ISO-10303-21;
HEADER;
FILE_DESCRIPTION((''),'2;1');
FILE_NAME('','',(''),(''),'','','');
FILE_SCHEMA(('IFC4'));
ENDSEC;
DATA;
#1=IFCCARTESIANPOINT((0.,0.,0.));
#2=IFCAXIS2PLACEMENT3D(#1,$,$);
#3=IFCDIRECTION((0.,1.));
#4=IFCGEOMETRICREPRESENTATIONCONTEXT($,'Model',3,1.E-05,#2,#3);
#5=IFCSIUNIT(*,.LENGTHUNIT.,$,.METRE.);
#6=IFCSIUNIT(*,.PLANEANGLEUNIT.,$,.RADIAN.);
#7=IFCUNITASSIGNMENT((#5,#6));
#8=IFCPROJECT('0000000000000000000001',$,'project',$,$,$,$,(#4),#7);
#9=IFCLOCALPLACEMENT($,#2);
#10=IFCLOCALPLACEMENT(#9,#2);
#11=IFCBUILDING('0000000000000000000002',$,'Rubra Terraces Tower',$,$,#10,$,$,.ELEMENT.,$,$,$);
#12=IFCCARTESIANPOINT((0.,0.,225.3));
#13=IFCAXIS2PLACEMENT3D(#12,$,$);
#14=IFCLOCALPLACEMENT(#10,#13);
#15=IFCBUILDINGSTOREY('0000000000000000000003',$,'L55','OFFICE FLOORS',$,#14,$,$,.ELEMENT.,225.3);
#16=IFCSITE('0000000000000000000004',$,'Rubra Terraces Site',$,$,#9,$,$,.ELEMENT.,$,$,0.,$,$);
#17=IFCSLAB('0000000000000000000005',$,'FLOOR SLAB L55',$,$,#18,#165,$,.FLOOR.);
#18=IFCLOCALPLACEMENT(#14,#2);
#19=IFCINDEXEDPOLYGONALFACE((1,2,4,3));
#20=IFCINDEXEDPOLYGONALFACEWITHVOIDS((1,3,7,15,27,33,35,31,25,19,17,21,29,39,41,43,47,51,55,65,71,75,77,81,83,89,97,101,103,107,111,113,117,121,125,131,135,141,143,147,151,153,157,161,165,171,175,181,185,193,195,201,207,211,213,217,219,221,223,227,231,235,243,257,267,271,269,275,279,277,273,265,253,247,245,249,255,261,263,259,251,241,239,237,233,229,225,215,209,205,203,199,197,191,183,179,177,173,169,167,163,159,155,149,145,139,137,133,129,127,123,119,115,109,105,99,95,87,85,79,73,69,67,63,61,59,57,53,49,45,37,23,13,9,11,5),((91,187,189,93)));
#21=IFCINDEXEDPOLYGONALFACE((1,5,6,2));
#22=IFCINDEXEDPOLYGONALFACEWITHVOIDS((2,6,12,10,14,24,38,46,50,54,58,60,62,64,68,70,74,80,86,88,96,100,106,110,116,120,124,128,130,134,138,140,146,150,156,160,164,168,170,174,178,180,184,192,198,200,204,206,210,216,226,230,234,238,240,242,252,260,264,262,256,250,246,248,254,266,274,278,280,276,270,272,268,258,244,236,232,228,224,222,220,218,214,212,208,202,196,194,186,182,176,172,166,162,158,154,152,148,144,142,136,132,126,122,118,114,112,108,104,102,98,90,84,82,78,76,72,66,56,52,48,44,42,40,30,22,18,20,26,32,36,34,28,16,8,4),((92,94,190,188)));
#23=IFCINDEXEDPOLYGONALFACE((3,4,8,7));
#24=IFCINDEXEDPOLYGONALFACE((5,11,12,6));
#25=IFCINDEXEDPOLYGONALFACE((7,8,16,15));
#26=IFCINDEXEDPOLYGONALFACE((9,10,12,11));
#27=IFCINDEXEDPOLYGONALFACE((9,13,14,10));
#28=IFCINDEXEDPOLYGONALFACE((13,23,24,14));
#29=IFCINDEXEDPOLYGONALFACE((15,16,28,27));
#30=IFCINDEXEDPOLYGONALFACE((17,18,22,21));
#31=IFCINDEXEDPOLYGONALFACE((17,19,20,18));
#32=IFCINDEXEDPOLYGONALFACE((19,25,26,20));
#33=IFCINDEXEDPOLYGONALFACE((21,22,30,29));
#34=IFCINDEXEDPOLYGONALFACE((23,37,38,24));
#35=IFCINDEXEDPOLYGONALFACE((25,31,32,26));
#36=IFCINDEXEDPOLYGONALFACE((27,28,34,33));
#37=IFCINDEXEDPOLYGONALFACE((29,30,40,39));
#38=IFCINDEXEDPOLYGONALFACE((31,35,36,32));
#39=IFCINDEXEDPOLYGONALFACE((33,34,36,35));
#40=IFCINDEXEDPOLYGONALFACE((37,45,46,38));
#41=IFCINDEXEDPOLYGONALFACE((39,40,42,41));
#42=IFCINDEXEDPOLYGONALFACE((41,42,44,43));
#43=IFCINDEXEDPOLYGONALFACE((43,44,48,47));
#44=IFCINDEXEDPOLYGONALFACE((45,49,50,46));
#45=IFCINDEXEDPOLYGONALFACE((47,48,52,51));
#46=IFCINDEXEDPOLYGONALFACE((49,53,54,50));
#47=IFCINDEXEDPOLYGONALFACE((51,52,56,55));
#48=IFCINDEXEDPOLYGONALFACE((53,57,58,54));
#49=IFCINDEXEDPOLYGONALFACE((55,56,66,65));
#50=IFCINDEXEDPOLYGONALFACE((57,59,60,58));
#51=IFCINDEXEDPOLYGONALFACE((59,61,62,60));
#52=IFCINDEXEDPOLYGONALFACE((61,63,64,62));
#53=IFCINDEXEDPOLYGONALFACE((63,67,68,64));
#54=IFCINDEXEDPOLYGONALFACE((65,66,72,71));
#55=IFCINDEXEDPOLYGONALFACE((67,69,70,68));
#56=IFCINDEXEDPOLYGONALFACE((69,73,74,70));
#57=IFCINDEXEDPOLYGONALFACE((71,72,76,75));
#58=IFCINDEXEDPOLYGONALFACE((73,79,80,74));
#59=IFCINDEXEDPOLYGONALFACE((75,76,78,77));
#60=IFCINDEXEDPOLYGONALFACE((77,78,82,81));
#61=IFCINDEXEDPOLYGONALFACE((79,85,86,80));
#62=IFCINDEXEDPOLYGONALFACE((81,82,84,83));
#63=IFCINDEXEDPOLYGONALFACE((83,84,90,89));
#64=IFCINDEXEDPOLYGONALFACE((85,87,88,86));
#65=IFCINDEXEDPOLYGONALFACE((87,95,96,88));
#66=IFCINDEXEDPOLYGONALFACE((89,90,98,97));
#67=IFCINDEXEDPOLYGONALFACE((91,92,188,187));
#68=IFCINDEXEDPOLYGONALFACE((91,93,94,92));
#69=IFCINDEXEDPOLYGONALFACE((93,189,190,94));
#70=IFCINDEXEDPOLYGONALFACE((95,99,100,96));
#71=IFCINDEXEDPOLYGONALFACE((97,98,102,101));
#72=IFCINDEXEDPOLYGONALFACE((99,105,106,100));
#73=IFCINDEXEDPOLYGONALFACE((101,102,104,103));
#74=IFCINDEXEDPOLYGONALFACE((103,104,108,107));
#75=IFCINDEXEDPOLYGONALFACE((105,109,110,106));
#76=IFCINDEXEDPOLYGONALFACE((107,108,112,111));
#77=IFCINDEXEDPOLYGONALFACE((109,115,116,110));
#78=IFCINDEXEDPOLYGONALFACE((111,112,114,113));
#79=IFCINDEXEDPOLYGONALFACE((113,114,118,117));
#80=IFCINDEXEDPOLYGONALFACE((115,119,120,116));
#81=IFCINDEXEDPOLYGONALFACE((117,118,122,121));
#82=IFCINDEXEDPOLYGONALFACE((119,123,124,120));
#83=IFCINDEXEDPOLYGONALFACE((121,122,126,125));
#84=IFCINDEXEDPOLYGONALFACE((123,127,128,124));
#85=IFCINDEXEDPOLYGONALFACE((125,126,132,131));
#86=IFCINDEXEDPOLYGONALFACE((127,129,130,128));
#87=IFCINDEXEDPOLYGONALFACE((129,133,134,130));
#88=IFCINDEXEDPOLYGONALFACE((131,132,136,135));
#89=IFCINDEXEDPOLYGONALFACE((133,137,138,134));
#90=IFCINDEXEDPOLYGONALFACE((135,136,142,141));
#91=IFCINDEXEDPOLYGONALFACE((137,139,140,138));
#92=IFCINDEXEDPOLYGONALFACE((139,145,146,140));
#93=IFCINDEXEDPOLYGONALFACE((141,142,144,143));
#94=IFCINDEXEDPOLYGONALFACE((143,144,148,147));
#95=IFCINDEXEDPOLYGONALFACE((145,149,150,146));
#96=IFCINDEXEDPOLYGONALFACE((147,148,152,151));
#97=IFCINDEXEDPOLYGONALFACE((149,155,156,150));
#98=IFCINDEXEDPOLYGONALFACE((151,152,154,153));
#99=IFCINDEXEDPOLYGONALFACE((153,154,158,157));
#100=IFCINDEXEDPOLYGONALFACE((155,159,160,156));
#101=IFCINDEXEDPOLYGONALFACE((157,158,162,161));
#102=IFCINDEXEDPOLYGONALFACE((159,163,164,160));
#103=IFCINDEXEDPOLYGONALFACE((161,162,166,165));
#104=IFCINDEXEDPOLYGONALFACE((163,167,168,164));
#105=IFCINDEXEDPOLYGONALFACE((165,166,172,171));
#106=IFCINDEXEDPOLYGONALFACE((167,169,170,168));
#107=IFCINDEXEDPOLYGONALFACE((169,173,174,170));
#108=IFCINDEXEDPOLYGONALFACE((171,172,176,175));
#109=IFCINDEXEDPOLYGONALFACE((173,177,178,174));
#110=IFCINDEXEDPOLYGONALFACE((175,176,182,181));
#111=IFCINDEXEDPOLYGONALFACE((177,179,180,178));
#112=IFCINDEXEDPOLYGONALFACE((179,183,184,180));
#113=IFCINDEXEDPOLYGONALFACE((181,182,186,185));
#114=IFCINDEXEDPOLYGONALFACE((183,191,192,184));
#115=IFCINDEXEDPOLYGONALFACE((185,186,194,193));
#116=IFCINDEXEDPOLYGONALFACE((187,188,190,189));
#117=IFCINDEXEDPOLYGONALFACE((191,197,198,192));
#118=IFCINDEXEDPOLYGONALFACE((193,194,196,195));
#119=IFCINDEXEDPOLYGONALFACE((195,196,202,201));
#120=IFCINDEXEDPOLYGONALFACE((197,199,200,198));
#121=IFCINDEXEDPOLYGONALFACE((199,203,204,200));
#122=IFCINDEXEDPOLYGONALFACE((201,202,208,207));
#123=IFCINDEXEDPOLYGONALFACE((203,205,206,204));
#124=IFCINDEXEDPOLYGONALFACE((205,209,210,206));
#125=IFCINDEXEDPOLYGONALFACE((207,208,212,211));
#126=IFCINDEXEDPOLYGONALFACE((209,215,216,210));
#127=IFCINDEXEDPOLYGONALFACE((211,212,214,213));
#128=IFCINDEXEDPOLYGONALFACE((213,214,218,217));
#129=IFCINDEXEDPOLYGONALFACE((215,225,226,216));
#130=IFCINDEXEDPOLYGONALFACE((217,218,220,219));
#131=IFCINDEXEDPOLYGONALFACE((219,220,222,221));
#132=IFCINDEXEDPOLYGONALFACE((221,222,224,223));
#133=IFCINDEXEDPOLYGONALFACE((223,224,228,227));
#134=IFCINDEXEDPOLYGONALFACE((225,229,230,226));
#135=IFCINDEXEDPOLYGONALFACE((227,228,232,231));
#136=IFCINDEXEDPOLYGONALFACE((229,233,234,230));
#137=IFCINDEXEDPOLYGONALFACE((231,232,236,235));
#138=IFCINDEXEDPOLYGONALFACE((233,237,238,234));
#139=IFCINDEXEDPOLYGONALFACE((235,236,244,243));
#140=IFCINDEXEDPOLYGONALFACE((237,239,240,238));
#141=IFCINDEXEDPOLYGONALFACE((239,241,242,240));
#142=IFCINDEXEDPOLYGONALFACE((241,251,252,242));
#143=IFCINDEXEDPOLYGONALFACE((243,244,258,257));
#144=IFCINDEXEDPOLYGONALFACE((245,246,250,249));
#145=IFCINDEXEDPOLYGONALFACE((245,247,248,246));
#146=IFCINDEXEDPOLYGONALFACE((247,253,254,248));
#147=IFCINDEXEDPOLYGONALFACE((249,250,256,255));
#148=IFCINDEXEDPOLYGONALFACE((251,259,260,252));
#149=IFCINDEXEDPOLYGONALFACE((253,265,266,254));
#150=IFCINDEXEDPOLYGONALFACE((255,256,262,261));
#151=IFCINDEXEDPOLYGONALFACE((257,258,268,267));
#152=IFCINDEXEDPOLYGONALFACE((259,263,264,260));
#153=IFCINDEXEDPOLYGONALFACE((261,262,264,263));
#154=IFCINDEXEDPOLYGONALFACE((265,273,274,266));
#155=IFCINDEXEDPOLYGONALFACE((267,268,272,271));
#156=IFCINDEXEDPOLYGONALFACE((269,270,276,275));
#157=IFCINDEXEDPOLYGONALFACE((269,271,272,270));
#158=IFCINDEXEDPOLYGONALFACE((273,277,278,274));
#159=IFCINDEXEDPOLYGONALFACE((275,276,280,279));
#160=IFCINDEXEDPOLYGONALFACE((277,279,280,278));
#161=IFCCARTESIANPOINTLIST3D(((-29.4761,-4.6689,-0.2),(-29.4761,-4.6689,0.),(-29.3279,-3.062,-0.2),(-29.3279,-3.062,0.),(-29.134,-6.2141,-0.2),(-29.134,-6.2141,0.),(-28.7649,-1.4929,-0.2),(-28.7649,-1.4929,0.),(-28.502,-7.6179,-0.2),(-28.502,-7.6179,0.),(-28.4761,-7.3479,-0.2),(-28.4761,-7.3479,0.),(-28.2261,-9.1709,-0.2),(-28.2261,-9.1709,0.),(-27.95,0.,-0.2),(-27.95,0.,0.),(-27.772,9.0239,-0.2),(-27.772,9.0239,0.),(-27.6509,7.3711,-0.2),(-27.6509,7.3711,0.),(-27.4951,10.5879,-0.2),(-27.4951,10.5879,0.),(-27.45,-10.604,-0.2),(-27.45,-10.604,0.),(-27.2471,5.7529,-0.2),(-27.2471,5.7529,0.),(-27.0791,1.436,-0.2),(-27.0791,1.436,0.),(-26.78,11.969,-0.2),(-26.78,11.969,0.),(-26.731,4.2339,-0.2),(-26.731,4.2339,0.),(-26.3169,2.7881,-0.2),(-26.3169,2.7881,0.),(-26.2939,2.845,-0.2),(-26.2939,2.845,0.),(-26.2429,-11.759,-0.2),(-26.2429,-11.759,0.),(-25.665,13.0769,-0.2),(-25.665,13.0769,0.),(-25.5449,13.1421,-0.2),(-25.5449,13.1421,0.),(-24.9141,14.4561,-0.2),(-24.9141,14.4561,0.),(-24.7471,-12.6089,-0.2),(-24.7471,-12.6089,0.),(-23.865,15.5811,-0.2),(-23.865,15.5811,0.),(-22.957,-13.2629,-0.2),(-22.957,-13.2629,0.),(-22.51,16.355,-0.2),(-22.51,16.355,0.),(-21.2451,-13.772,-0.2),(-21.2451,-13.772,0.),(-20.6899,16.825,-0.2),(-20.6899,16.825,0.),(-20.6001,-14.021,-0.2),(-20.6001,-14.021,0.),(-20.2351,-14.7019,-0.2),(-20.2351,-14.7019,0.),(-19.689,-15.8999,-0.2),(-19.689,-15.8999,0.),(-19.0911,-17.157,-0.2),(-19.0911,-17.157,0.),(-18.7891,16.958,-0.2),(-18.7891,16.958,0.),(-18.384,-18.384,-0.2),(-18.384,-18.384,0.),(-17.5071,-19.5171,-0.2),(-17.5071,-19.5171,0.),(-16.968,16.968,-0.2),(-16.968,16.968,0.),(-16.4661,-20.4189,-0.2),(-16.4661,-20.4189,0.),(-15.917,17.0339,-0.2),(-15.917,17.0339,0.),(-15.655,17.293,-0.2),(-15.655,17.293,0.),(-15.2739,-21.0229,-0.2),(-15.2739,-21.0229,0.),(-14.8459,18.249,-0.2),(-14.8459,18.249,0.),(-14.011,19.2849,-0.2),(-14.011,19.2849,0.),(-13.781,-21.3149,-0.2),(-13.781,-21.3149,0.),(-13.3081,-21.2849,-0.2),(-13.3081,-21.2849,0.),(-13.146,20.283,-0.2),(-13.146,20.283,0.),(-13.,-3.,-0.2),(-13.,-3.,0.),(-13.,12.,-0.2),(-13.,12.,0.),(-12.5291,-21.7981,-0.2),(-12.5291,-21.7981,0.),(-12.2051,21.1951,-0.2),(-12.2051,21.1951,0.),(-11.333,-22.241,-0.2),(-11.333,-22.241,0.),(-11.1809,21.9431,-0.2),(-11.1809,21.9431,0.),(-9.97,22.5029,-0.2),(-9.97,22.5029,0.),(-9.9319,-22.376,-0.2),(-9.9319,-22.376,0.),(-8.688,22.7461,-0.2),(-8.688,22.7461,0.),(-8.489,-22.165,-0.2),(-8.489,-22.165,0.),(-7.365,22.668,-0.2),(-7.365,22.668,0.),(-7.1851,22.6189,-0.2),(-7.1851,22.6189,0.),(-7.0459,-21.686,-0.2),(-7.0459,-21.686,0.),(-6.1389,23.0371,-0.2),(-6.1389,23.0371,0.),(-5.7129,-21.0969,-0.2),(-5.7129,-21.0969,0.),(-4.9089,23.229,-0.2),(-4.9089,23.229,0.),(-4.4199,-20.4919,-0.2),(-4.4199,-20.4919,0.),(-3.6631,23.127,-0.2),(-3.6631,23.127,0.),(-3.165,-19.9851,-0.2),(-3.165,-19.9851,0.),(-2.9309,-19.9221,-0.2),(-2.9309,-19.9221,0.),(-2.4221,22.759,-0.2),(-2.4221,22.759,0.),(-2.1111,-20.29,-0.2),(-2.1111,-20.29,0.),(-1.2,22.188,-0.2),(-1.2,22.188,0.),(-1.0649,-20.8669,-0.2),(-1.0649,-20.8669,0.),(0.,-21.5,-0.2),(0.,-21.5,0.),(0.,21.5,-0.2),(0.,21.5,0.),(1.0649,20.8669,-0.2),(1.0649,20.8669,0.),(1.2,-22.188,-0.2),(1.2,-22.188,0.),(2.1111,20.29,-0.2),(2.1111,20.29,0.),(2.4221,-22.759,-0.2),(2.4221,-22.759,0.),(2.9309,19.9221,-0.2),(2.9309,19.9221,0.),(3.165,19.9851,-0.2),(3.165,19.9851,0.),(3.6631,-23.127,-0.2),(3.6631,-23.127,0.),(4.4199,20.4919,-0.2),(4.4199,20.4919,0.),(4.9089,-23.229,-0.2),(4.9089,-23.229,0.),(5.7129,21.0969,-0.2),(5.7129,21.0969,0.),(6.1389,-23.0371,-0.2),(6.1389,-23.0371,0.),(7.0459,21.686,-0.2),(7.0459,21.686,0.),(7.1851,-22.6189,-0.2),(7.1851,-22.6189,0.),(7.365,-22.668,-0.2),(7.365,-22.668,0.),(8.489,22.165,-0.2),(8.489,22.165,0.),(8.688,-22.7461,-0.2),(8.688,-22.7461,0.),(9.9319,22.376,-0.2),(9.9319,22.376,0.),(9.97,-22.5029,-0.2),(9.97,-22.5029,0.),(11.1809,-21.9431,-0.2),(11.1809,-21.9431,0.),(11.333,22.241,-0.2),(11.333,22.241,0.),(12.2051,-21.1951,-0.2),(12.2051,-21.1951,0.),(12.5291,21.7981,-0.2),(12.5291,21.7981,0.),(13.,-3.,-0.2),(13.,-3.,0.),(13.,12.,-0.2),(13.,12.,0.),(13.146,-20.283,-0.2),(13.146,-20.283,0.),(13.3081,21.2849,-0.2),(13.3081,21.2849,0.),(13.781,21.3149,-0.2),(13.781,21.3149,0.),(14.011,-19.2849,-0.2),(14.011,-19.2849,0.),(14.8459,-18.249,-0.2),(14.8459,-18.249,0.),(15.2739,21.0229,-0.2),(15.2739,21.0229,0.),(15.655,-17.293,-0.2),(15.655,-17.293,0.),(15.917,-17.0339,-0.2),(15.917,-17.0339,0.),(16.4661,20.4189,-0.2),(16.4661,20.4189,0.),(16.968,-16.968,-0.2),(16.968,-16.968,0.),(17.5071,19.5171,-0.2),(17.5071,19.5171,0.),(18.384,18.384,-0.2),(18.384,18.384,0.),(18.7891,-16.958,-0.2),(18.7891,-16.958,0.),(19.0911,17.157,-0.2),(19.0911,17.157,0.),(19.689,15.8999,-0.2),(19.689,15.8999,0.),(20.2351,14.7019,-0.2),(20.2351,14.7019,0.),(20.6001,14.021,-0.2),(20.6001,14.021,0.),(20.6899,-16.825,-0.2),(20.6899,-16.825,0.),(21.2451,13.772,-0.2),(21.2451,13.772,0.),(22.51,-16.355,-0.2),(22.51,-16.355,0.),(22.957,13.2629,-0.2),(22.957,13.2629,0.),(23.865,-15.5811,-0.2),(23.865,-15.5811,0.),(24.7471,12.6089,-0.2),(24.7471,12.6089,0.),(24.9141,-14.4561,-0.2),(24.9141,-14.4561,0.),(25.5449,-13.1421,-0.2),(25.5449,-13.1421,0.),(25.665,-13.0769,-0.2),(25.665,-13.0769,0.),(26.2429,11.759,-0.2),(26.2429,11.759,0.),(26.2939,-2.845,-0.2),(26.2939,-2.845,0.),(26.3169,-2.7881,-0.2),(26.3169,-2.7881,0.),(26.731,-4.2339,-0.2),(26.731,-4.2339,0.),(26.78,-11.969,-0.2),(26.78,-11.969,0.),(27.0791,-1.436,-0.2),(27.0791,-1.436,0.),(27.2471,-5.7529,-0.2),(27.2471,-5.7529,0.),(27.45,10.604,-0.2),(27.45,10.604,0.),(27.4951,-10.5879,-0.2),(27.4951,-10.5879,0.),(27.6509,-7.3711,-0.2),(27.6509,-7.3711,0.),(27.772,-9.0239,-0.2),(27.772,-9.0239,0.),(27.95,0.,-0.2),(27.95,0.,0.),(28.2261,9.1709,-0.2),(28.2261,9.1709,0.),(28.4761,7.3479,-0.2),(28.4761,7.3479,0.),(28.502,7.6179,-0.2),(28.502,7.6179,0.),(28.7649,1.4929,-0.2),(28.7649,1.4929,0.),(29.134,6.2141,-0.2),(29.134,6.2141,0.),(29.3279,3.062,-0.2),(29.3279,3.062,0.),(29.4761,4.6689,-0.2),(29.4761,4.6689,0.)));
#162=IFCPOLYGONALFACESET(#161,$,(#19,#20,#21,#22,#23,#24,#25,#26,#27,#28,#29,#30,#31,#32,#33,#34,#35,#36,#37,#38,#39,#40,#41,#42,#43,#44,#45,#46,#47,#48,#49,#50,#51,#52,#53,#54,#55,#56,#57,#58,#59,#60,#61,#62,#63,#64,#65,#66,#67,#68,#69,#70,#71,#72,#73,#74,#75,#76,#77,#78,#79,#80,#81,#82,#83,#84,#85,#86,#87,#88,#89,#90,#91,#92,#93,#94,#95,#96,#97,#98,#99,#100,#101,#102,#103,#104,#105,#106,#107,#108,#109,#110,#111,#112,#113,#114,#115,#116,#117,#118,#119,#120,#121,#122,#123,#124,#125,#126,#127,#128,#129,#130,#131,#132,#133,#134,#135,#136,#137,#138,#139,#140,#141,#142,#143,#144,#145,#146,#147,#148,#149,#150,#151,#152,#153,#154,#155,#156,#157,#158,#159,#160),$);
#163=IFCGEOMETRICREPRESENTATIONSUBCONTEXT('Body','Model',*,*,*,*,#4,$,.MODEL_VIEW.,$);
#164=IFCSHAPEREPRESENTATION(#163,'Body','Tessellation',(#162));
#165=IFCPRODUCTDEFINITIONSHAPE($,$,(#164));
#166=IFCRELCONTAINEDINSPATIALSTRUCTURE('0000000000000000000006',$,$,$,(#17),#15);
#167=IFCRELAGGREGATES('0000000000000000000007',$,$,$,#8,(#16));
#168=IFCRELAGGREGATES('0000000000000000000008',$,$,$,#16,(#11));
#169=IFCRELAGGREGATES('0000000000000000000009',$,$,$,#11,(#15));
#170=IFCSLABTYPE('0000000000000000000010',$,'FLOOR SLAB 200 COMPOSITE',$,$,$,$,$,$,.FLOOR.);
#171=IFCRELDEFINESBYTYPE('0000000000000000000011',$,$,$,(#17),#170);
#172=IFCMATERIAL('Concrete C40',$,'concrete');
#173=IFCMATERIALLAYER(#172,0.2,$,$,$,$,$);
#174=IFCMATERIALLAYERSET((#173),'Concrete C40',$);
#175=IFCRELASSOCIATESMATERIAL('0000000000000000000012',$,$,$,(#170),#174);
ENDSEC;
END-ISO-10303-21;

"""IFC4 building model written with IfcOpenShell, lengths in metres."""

from ifc_helpers import new_model, si_unit, direction, frame, origin, place, context, subcontext, project, spatial, polyline, outline, extrude, material, layer, layer_set, type_object, element, save


model = new_model("IFC4")

# Units and contexts
model_context = context("Model", 3, precision=1e-05, world=origin(), true_north=direction((0.0, 1.0)))
body_context = subcontext(model_context, "Body", "Model", "MODEL_VIEW")
ifc_project = project(units=[si_unit("LENGTHUNIT", "METRE"), si_unit("PLANEANGLEUNIT", "RADIAN")], contexts=[model_context])

# Site, building, storey
site_placement = place(None, origin())
site = spatial("IfcSite", under=ifc_project, at=site_placement, Name="Rubra Terraces Site", CompositionType="ELEMENT", RefElevation=0.0)
building_placement = place(site_placement, origin())
building = spatial("IfcBuilding", under=site, at=building_placement, Name="Rubra Terraces Tower", CompositionType="ELEMENT")
storey_placement = place(building_placement, frame((0.0, 0.0, 225.3)))
storey = spatial("IfcBuildingStorey", under=building, at=storey_placement, Name="L55", Description="OFFICE FLOORS", CompositionType="ELEMENT", Elevation=225.3)

# Slab
ifc_material_1 = material(Name="Concrete C40", Category="concrete")
ifc_layer_1 = layer(ifc_material_1, 0.2)
ifc_layer_set_1 = layer_set([ifc_layer_1], Name="Concrete C40")
slab_type = type_object("IfcSlabType", Name="FLOOR SLAB 200 COMPOSITE", PredefinedType="FLOOR", material=ifc_layer_set_1)
slab_placement = place(storey_placement, frame((0.0, 0.0, -0.2)))
element("IfcSlab", 1, at=slab_placement, inside=storey, type_object=slab_type, Name="FLOOR SLAB L55", PredefinedType="FLOOR", context=body_context, shape_type="SweptSolid", body=[
    extrude(outline(polyline([(-7.0459, -21.686), (-5.7129, -21.0969), (-4.4199, -20.4919), (-3.165, -19.9851), (-2.9309, -19.9221), (-2.1111, -20.29), (-1.0649, -20.8669), (0.0, -21.5), (1.2, -22.188), (2.4221, -22.759), (3.6631, -23.127), (4.9089, -23.229), (6.1389, -23.0371), (7.1851, -22.6189), (7.365, -22.668), (8.688, -22.7461), (9.97, -22.5029), (11.1809, -21.9431), (12.2051, -21.1951), (13.146, -20.283), (14.011, -19.2849), (14.8459, -18.249), (15.655, -17.293), (15.917, -17.0339), (16.968, -16.968), (18.7891, -16.958), (20.6899, -16.825), (22.51, -16.355), (23.865, -15.5811), (24.9141, -14.4561), (25.5449, -13.1421), (25.665, -13.0769), (26.78, -11.969), (27.4951, -10.5879), (27.772, -9.0239), (27.6509, -7.3711), (27.2471, -5.7529), (26.731, -4.2339), (26.2939, -2.845), (26.3169, -2.7881), (27.0791, -1.436), (27.95, 0.0), (28.7649, 1.4929), (29.3279, 3.062), (29.4761, 4.6689), (29.134, 6.2141), (28.4761, 7.3479), (28.502, 7.6179), (28.2261, 9.1709), (27.45, 10.604), (26.2429, 11.759), (24.7471, 12.6089), (22.957, 13.2629), (21.2451, 13.772), (20.6001, 14.021), (20.2351, 14.7019), (19.689, 15.8999), (19.0911, 17.157), (18.384, 18.384), (17.5071, 19.5171), (16.4661, 20.4189), (15.2739, 21.0229), (13.781, 21.3149), (13.3081, 21.2849), (12.5291, 21.7981), (11.333, 22.241), (9.9319, 22.376), (8.489, 22.165), (7.0459, 21.686), (5.7129, 21.0969), (4.4199, 20.4919), (3.165, 19.9851), (2.9309, 19.9221), (2.1111, 20.29), (1.0649, 20.8669), (0.0, 21.5), (-1.2, 22.188), (-2.4221, 22.759), (-3.6631, 23.127), (-4.9089, 23.229), (-6.1389, 23.0371), (-7.1851, 22.6189), (-7.365, 22.668), (-8.688, 22.7461), (-9.97, 22.5029), (-11.1809, 21.9431), (-12.2051, 21.1951), (-13.146, 20.283), (-14.011, 19.2849), (-14.8459, 18.249), (-15.655, 17.293), (-15.917, 17.0339), (-16.968, 16.968), (-18.7891, 16.958), (-20.6899, 16.825), (-22.51, 16.355), (-23.865, 15.5811), (-24.9141, 14.4561), (-25.5449, 13.1421), (-25.665, 13.0769), (-26.78, 11.969), (-27.4951, 10.5879), (-27.772, 9.0239), (-27.6509, 7.3711), (-27.2471, 5.7529), (-26.731, 4.2339), (-26.2939, 2.845), (-26.3169, 2.7881), (-27.0791, 1.436), (-27.95, 0.0), (-28.7649, -1.4929), (-29.3279, -3.062), (-29.4761, -4.6689), (-29.134, -6.2141), (-28.4761, -7.3479), (-28.502, -7.6179), (-28.2261, -9.1709), (-27.45, -10.604), (-26.2429, -11.759), (-24.7471, -12.6089), (-22.957, -13.2629), (-21.2451, -13.772), (-20.6001, -14.021), (-20.2351, -14.7019), (-19.689, -15.8999), (-19.0911, -17.157), (-18.384, -18.384), (-17.5071, -19.5171), (-16.4661, -20.4189), (-15.2739, -21.0229), (-13.781, -21.3149), (-13.3081, -21.2849), (-12.5291, -21.7981), (-11.333, -22.241), (-9.9319, -22.376), (-8.489, -22.165), (-7.0459, -21.686)]), holes=[polyline([(13.0, 12.0), (13.0, -3.0), (-13.0, -3.0), (-13.0, 12.0), (13.0, 12.0)])]), origin(), (0.0, 0.0, 1.0), 0.2),
])

save(model, "model.ifc")
